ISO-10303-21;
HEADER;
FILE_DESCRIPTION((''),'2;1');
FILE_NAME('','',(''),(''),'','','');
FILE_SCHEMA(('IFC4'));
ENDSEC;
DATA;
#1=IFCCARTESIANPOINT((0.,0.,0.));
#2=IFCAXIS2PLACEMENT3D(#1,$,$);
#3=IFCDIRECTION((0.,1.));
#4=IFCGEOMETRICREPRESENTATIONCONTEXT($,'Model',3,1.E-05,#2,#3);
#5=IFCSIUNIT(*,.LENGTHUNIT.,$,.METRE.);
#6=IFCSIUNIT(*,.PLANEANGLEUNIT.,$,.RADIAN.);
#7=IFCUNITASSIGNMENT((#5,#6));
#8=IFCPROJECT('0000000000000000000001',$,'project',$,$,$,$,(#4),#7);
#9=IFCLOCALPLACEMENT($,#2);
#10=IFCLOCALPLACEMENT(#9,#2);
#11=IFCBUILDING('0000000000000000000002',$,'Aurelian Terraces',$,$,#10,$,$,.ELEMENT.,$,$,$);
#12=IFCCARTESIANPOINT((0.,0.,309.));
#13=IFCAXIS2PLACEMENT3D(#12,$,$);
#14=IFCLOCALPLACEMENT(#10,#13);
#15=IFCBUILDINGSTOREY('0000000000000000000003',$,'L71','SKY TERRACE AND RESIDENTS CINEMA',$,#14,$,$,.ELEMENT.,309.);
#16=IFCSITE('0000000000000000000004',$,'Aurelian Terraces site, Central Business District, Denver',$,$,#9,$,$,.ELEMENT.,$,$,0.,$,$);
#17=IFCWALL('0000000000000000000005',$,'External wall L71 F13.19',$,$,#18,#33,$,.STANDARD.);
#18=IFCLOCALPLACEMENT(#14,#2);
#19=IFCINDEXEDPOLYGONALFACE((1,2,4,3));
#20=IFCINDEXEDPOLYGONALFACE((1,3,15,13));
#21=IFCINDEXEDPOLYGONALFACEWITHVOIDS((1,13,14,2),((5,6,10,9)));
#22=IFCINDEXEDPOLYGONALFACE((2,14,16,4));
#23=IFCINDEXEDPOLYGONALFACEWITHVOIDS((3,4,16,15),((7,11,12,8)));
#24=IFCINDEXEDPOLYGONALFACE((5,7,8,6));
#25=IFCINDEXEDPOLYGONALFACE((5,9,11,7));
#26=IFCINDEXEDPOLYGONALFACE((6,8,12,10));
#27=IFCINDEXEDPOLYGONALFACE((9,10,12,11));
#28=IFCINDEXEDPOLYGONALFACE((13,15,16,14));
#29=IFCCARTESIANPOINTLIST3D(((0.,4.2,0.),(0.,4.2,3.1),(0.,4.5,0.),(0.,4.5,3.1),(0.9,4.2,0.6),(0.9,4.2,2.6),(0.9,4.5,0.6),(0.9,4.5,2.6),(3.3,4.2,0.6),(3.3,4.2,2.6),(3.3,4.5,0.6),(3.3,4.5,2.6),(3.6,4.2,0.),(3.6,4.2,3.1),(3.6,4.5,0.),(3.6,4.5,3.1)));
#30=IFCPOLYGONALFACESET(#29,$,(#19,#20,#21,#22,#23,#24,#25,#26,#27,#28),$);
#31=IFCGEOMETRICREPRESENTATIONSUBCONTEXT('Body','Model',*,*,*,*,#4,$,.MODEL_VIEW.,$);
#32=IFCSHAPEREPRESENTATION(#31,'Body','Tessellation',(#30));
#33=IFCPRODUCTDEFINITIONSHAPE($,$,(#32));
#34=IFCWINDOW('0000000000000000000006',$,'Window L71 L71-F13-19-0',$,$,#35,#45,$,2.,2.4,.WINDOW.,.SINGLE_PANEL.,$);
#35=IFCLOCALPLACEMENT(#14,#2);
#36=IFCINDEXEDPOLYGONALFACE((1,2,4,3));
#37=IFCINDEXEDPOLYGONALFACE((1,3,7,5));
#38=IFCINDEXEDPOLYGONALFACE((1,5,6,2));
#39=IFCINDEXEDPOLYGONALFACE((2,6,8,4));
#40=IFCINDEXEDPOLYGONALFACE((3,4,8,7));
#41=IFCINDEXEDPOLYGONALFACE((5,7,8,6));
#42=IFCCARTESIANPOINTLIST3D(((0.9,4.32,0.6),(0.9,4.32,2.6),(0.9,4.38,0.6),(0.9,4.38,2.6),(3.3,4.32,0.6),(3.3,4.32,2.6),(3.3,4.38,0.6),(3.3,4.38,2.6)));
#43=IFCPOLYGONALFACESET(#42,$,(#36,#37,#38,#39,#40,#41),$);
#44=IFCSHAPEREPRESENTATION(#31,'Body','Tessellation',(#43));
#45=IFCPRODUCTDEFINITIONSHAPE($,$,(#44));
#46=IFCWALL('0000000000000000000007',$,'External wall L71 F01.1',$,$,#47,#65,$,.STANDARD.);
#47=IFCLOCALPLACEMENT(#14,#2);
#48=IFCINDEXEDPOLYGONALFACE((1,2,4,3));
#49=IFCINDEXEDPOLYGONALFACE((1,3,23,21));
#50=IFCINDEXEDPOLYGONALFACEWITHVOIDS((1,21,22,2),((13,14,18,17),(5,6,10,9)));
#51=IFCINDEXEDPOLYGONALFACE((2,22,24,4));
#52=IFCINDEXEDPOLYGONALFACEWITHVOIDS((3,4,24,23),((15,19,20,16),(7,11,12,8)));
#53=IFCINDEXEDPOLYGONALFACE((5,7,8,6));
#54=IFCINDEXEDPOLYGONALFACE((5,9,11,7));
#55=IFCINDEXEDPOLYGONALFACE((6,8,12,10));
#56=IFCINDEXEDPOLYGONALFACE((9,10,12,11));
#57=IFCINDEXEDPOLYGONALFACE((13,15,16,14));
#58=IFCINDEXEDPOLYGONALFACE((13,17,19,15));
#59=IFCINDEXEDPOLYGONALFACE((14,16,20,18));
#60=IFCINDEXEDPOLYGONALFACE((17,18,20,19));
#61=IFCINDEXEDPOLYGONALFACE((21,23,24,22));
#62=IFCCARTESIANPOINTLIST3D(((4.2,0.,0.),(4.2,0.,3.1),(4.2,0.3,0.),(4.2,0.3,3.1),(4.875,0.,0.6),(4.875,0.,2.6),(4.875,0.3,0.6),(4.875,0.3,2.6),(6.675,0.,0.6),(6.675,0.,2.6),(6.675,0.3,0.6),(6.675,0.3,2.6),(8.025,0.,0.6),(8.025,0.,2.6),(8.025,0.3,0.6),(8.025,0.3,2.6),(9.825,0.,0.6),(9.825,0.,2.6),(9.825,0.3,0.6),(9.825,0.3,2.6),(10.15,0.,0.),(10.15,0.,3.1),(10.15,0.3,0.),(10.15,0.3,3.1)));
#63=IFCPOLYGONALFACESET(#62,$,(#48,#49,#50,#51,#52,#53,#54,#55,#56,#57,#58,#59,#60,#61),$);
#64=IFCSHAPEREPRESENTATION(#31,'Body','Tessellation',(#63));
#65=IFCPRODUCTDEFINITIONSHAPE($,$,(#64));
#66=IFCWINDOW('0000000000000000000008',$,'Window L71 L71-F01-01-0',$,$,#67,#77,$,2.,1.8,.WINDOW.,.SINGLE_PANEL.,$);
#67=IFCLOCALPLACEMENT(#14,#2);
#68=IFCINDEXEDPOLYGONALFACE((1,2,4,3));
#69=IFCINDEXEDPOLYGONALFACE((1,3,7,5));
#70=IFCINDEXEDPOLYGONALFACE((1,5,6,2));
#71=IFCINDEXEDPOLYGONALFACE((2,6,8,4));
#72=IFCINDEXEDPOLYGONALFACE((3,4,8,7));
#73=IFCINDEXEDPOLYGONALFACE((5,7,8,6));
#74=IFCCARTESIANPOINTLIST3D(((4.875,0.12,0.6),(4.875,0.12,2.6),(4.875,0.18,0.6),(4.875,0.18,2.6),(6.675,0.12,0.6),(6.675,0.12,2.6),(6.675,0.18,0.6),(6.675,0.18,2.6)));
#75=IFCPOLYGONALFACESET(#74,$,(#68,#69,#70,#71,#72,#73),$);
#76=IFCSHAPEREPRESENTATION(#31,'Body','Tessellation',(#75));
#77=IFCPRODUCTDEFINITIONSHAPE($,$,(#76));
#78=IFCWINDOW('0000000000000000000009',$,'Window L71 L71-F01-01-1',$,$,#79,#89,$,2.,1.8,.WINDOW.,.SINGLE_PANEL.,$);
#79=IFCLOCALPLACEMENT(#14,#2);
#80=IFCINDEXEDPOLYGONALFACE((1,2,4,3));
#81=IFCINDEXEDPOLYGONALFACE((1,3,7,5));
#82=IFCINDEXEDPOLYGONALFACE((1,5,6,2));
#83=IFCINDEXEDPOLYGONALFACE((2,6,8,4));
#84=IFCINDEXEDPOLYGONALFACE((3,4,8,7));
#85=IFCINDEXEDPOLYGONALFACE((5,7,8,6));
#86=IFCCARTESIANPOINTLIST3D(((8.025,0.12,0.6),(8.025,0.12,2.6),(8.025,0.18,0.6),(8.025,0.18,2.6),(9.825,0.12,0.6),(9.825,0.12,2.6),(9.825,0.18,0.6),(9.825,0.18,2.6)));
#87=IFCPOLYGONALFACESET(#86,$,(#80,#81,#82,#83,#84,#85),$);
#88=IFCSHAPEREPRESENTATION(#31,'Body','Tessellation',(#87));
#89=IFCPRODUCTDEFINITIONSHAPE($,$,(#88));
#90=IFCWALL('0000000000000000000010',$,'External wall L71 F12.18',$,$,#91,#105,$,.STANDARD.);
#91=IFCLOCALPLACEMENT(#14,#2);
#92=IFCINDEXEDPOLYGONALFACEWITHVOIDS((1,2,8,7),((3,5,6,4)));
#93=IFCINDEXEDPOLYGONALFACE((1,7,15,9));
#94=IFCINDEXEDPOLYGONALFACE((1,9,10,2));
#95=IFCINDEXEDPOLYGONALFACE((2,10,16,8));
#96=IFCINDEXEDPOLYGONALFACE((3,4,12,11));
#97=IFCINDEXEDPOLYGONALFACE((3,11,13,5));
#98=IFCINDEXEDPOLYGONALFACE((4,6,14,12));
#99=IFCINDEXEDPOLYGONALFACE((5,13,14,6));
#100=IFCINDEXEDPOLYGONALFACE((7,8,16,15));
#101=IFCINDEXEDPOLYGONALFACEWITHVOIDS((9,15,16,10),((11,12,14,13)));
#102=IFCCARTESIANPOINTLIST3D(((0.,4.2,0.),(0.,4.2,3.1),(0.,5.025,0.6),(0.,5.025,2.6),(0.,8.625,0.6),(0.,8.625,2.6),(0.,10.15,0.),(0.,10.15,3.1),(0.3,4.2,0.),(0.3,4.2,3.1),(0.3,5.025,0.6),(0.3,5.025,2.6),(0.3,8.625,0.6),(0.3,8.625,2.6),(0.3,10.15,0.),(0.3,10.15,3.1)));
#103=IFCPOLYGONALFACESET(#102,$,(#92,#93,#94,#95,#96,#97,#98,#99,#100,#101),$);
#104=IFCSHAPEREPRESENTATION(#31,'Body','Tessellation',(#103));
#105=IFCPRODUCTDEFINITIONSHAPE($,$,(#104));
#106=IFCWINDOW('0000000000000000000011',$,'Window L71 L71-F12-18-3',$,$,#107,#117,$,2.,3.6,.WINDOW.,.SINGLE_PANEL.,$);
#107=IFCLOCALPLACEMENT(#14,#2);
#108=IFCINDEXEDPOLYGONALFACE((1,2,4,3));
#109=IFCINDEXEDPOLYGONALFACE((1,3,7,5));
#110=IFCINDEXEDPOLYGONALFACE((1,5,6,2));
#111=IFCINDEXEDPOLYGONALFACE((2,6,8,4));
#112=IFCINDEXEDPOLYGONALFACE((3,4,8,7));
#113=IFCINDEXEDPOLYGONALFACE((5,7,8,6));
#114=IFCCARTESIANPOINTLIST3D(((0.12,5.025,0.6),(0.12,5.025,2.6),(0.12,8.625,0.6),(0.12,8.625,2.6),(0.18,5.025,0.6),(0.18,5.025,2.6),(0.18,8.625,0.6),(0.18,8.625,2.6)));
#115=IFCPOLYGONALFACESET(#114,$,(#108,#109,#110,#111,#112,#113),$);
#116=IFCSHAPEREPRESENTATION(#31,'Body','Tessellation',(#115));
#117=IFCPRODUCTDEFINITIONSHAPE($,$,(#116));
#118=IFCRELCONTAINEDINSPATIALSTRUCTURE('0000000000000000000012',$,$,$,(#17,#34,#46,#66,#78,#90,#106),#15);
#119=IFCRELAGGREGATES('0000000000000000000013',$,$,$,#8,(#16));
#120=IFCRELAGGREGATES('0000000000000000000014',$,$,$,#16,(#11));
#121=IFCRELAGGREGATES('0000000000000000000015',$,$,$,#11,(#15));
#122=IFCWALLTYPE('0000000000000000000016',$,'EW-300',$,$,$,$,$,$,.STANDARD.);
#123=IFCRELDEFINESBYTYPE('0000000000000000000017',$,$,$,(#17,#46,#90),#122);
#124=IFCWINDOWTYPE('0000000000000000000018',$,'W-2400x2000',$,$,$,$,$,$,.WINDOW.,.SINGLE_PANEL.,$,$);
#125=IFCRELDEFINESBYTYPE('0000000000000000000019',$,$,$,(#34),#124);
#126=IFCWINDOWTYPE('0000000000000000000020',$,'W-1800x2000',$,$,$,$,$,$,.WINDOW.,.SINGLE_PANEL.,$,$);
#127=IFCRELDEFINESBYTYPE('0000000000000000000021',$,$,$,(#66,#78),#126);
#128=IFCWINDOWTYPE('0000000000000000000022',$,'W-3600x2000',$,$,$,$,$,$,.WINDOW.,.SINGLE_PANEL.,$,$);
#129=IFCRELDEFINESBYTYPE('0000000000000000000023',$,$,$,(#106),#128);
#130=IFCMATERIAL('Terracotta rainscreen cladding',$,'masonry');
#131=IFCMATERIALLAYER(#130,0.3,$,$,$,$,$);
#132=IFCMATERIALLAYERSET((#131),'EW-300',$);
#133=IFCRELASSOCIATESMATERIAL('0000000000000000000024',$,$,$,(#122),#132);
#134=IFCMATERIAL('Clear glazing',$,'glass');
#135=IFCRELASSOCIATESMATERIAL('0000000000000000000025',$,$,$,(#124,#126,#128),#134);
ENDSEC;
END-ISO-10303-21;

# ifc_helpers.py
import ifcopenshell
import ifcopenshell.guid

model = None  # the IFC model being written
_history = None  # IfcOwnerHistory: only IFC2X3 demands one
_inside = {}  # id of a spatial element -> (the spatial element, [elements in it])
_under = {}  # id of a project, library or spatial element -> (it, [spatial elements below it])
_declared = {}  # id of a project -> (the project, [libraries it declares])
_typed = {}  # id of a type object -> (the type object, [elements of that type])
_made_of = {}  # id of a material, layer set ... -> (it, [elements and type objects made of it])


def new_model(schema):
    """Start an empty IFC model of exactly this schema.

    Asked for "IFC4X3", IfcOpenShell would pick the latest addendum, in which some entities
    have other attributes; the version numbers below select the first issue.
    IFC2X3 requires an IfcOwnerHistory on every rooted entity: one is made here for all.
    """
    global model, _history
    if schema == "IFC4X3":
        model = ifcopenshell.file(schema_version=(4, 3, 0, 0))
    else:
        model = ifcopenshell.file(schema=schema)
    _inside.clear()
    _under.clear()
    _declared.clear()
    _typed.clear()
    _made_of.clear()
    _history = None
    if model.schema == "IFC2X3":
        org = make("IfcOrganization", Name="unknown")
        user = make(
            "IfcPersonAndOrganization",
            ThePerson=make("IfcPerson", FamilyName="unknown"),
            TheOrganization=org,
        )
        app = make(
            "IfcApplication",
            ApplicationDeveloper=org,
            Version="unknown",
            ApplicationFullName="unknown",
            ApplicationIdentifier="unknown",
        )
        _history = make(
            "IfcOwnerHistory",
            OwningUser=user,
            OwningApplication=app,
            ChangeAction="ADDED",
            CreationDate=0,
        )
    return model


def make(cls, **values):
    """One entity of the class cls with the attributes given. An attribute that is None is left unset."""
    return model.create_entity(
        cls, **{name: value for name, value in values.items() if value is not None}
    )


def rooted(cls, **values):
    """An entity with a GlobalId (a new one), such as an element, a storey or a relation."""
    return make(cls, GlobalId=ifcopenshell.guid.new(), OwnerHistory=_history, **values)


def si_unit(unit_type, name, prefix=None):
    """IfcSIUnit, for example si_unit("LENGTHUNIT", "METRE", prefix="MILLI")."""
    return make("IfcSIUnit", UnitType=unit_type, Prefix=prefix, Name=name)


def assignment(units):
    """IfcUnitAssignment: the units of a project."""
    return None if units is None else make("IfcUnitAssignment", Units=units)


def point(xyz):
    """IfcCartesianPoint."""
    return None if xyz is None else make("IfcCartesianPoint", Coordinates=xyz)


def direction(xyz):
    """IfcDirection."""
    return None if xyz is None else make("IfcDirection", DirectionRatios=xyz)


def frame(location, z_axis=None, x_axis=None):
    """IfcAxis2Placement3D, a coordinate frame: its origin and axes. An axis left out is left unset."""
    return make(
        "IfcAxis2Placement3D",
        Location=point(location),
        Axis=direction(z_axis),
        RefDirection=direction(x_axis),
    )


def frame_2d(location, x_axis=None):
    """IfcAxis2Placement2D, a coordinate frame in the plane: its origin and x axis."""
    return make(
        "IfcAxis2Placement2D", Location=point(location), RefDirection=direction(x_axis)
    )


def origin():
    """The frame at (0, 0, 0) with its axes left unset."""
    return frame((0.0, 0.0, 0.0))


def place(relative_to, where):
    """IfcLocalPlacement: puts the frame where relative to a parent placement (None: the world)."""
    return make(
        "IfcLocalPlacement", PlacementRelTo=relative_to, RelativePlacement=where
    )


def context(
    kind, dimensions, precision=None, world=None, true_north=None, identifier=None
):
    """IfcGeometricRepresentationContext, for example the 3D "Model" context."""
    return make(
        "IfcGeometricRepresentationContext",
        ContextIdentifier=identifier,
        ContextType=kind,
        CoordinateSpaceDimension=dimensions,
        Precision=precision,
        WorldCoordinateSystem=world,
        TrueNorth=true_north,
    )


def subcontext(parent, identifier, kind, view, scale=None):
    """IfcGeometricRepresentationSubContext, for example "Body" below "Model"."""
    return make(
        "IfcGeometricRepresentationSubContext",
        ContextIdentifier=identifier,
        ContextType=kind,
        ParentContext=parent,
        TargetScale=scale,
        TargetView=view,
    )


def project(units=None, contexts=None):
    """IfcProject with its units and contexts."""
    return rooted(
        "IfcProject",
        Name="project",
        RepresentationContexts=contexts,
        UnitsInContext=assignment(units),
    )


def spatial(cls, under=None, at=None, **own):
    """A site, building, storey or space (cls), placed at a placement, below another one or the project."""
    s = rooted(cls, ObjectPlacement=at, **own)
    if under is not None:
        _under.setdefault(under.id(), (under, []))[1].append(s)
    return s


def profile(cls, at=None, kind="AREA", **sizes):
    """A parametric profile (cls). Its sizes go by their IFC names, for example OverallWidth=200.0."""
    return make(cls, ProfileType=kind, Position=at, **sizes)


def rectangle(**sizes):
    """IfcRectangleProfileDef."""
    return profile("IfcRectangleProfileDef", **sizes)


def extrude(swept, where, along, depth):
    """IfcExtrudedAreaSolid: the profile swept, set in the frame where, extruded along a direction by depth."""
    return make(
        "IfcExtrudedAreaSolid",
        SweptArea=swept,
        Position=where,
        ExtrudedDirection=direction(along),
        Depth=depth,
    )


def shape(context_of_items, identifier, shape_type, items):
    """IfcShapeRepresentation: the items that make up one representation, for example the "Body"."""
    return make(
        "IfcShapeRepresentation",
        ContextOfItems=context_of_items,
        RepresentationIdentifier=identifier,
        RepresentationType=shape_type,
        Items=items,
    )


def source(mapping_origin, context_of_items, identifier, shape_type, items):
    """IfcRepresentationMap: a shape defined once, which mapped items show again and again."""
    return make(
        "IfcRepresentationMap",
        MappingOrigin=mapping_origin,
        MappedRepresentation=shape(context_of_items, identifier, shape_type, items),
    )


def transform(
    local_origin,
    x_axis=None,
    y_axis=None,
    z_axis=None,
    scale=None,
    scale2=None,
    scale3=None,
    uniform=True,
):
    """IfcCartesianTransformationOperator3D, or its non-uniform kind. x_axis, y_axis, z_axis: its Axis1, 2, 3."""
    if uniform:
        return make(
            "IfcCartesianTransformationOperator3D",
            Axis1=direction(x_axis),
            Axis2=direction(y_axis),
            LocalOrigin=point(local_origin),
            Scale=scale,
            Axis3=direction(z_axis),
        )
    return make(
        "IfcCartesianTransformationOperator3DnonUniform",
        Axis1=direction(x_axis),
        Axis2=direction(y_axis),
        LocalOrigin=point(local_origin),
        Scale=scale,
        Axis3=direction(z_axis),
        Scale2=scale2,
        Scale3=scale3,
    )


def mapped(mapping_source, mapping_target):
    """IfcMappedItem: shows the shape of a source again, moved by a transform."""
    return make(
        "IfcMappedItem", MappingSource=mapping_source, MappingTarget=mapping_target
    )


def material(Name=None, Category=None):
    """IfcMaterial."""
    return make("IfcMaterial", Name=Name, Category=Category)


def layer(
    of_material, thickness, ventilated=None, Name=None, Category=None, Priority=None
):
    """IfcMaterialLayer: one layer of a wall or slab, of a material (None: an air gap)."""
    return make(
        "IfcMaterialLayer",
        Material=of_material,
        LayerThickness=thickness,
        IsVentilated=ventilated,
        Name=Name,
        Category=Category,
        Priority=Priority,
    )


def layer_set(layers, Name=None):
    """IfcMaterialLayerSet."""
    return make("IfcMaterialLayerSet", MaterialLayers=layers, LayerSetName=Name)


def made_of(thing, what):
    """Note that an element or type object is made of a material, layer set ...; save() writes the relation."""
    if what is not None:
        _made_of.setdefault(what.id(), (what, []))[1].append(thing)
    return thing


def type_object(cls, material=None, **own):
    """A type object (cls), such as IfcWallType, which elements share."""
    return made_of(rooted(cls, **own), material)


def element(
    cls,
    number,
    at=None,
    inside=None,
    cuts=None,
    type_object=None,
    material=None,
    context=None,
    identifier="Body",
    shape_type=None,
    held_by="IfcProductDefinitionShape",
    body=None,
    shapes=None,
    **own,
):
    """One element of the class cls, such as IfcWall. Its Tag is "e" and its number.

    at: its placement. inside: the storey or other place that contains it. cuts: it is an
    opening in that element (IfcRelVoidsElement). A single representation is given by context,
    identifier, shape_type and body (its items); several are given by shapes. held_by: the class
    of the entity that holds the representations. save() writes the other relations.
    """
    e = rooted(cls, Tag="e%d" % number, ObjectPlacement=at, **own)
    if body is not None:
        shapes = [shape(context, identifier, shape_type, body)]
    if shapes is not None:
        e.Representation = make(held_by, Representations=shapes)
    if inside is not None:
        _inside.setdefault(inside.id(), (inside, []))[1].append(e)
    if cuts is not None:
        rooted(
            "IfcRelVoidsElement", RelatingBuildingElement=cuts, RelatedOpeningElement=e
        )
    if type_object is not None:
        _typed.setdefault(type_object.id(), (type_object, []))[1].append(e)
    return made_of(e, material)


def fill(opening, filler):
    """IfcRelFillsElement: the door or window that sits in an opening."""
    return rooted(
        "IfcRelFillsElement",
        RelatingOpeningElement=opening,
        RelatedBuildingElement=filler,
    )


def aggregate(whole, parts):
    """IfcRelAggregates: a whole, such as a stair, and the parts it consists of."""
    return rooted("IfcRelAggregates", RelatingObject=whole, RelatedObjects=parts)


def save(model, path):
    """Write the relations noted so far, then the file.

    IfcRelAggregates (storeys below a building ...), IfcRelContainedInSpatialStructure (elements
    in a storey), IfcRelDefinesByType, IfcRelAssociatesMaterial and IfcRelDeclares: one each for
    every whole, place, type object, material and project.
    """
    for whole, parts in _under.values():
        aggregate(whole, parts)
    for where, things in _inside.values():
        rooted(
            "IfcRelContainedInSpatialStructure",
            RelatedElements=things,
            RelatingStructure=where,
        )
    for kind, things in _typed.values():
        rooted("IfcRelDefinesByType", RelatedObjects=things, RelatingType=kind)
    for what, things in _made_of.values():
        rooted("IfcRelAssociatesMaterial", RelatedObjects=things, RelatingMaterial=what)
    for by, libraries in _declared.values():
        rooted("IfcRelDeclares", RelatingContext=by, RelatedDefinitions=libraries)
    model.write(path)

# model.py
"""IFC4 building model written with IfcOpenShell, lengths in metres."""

from ifc_helpers import new_model, si_unit, direction, frame, frame_2d, origin, place, context, subcontext, project, spatial, rectangle, extrude, source, transform, mapped, material, layer, layer_set, type_object, element, fill, save


model = new_model("IFC4")

# Units and contexts
model_context = context("Model", 3, precision=1e-05, world=origin(), true_north=direction((0.0, 1.0)))
body_context = subcontext(model_context, "Body", "Model", "MODEL_VIEW")
ifc_project = project(units=[si_unit("LENGTHUNIT", "METRE"), si_unit("PLANEANGLEUNIT", "RADIAN")], contexts=[model_context])

# Site, building, storey
site_placement = place(None, origin())
site = spatial("IfcSite", under=ifc_project, at=site_placement, Name="Aurelian Terraces site, Central Business District, Denver", CompositionType="ELEMENT", RefElevation=0.0)
building_placement = place(site_placement, origin())
building = spatial("IfcBuilding", under=site, at=building_placement, Name="Aurelian Terraces", CompositionType="ELEMENT")
storey_placement = place(building_placement, frame((0.0, 0.0, 309.0)))
storey = spatial("IfcBuildingStorey", under=building, at=storey_placement, Name="L71", Description="SKY TERRACE AND RESIDENTS CINEMA", CompositionType="ELEMENT", Elevation=309.0)

# Wall, opening, window
ifc_material_1 = material(Name="Terracotta rainscreen cladding", Category="masonry")
ifc_layer_1 = layer(ifc_material_1, 0.3)
ifc_layer_set_1 = layer_set([ifc_layer_1], Name="EW-300")
wall_type_1 = type_object("IfcWallType", Name="EW-300", PredefinedType="STANDARD", material=ifc_layer_set_1)
shared_shape_1 = source(origin(), body_context, "Body", "SweptSolid", [
    extrude(rectangle(XDim=3.6, YDim=0.3, at=frame_2d((1.8, 0.0))), origin(), (0.0, 0.0, 1.0), 3.1),
])
wall_1_placement = place(storey_placement, frame((0.0, 4.35, 0.0), z_axis=(0.0, 0.0, 1.0), x_axis=(1.0, 0.0, 0.0)))
wall_1 = element("IfcWall", 1, at=wall_1_placement, inside=storey, type_object=wall_type_1, Name="External wall L71 F13.19", PredefinedType="STANDARD", context=body_context, shape_type="MappedRepresentation", body=[
    mapped(shared_shape_1, transform((0.0, 0.0, 0.0), scale=1.0)),
])
shared_shape_2 = source(origin(), body_context, "Body", "SweptSolid", [
    extrude(rectangle(XDim=2.4, YDim=2.0, at=frame_2d((1.2, 1.0))), frame((0.0, 0.16, 0.0), z_axis=(0.0, -1.0, 0.0), x_axis=(1.0, 0.0, 0.0)), (0.0, 0.0, 1.0), 0.32),
])
opening_1_placement = place(wall_1_placement, frame((0.9, 0.0, 0.6)))
opening_1 = element("IfcOpeningElement", 2, at=opening_1_placement, cuts=wall_1, PredefinedType="OPENING", context=body_context, shape_type="MappedRepresentation", body=[
    mapped(shared_shape_2, transform((0.0, 0.0, 0.0), scale=1.0)),
])
ifc_material_2 = material(Name="Clear glazing", Category="glass")
window_type_1 = type_object("IfcWindowType", Name="W-2400x2000", PartitioningType="SINGLE_PANEL", PredefinedType="WINDOW", material=ifc_material_2)
shared_shape_3 = source(origin(), body_context, "Body", "SweptSolid", [
    extrude(rectangle(XDim=2.4, YDim=2.0, at=frame_2d((1.2, 1.0))), frame((0.0, 0.03, 0.0), z_axis=(0.0, -1.0, 0.0), x_axis=(1.0, 0.0, 0.0)), (0.0, 0.0, 1.0), 0.06),
])
window_1_placement = place(opening_1_placement, origin())
window_1 = element("IfcWindow", 3, at=window_1_placement, inside=storey, type_object=window_type_1, Name="Window L71 L71-F13-19-0", OverallHeight=2.0, OverallWidth=2.4, PartitioningType="SINGLE_PANEL", PredefinedType="WINDOW", context=body_context, shape_type="MappedRepresentation", body=[
    mapped(shared_shape_3, transform((0.0, 0.0, 0.0), scale=1.0)),
])
fill(opening_1, window_1)

# Wall, openings, windows
shared_shape_4 = source(origin(), body_context, "Body", "SweptSolid", [
    extrude(rectangle(XDim=5.95, YDim=0.3, at=frame_2d((2.975, 0.0))), origin(), (0.0, 0.0, 1.0), 3.1),
])
wall_2_placement = place(storey_placement, frame((4.2, 0.15, 0.0), z_axis=(0.0, 0.0, 1.0), x_axis=(1.0, 0.0, 0.0)))
wall_2 = element("IfcWall", 4, at=wall_2_placement, inside=storey, type_object=wall_type_1, Name="External wall L71 F01.1", PredefinedType="STANDARD", context=body_context, shape_type="MappedRepresentation", body=[
    mapped(shared_shape_4, transform((0.0, 0.0, 0.0), scale=1.0)),
])
shared_shape_5 = source(origin(), body_context, "Body", "SweptSolid", [
    extrude(rectangle(XDim=1.8, YDim=2.0, at=frame_2d((0.9, 1.0))), frame((0.0, 0.16, 0.0), z_axis=(0.0, -1.0, 0.0), x_axis=(1.0, 0.0, 0.0)), (0.0, 0.0, 1.0), 0.32),
])
opening_2_placement = place(wall_2_placement, frame((0.675, 0.0, 0.6)))
opening_2 = element("IfcOpeningElement", 5, at=opening_2_placement, cuts=wall_2, PredefinedType="OPENING", context=body_context, shape_type="MappedRepresentation", body=[
    mapped(shared_shape_5, transform((0.0, 0.0, 0.0), scale=1.0)),
])
opening_3_placement = place(wall_2_placement, frame((3.825, 0.0, 0.6)))
opening_3 = element("IfcOpeningElement", 6, at=opening_3_placement, cuts=wall_2, PredefinedType="OPENING", context=body_context, shape_type="MappedRepresentation", body=[
    mapped(shared_shape_5, transform((0.0, 0.0, 0.0), scale=1.0)),
])
window_type_2 = type_object("IfcWindowType", Name="W-1800x2000", PartitioningType="SINGLE_PANEL", PredefinedType="WINDOW", material=ifc_material_2)
shared_shape_6 = source(origin(), body_context, "Body", "SweptSolid", [
    extrude(rectangle(XDim=1.8, YDim=2.0, at=frame_2d((0.9, 1.0))), frame((0.0, 0.03, 0.0), z_axis=(0.0, -1.0, 0.0), x_axis=(1.0, 0.0, 0.0)), (0.0, 0.0, 1.0), 0.06),
])
window_2_placement = place(opening_2_placement, origin())
window_2 = element("IfcWindow", 7, at=window_2_placement, inside=storey, type_object=window_type_2, Name="Window L71 L71-F01-01-0", OverallHeight=2.0, OverallWidth=1.8, PartitioningType="SINGLE_PANEL", PredefinedType="WINDOW", context=body_context, shape_type="MappedRepresentation", body=[
    mapped(shared_shape_6, transform((0.0, 0.0, 0.0), scale=1.0)),
])
fill(opening_2, window_2)
window_3_placement = place(opening_3_placement, origin())
window_3 = element("IfcWindow", 8, at=window_3_placement, inside=storey, type_object=window_type_2, Name="Window L71 L71-F01-01-1", OverallHeight=2.0, OverallWidth=1.8, PartitioningType="SINGLE_PANEL", PredefinedType="WINDOW", context=body_context, shape_type="MappedRepresentation", body=[
    mapped(shared_shape_6, transform((0.0, 0.0, 0.0), scale=1.0)),
])
fill(opening_3, window_3)

# Wall, opening, window
wall_3_placement = place(storey_placement, frame((0.15, 10.15, 0.0), z_axis=(0.0, 0.0, 1.0), x_axis=(0.0, -1.0, 0.0)))
wall_3 = element("IfcWall", 9, at=wall_3_placement, inside=storey, type_object=wall_type_1, Name="External wall L71 F12.18", PredefinedType="STANDARD", context=body_context, shape_type="MappedRepresentation", body=[
    mapped(shared_shape_4, transform((0.0, 0.0, 0.0), scale=1.0)),
])
shared_shape_7 = source(origin(), body_context, "Body", "SweptSolid", [
    extrude(rectangle(XDim=3.6, YDim=2.0, at=frame_2d((1.8, 1.0))), frame((0.0, 0.16, 0.0), z_axis=(0.0, -1.0, 0.0), x_axis=(1.0, 0.0, 0.0)), (0.0, 0.0, 1.0), 0.32),
])
opening_4_placement = place(wall_3_placement, frame((1.525, 0.0, 0.6)))
opening_4 = element("IfcOpeningElement", 10, at=opening_4_placement, cuts=wall_3, PredefinedType="OPENING", context=body_context, shape_type="MappedRepresentation", body=[
    mapped(shared_shape_7, transform((0.0, 0.0, 0.0), scale=1.0)),
])
window_type_3 = type_object("IfcWindowType", Name="W-3600x2000", PartitioningType="SINGLE_PANEL", PredefinedType="WINDOW", material=ifc_material_2)
shared_shape_8 = source(origin(), body_context, "Body", "SweptSolid", [
    extrude(rectangle(XDim=3.6, YDim=2.0, at=frame_2d((1.8, 1.0))), frame((0.0, 0.03, 0.0), z_axis=(0.0, -1.0, 0.0), x_axis=(1.0, 0.0, 0.0)), (0.0, 0.0, 1.0), 0.06),
])
window_4_placement = place(opening_4_placement, origin())
window_4 = element("IfcWindow", 11, at=window_4_placement, inside=storey, type_object=window_type_3, Name="Window L71 L71-F12-18-3", OverallHeight=2.0, OverallWidth=3.6, PartitioningType="SINGLE_PANEL", PredefinedType="WINDOW", context=body_context, shape_type="MappedRepresentation", body=[
    mapped(shared_shape_8, transform((0.0, 0.0, 0.0), scale=1.0)),
])
fill(opening_4, window_4)

save(model, "model.ifc")
